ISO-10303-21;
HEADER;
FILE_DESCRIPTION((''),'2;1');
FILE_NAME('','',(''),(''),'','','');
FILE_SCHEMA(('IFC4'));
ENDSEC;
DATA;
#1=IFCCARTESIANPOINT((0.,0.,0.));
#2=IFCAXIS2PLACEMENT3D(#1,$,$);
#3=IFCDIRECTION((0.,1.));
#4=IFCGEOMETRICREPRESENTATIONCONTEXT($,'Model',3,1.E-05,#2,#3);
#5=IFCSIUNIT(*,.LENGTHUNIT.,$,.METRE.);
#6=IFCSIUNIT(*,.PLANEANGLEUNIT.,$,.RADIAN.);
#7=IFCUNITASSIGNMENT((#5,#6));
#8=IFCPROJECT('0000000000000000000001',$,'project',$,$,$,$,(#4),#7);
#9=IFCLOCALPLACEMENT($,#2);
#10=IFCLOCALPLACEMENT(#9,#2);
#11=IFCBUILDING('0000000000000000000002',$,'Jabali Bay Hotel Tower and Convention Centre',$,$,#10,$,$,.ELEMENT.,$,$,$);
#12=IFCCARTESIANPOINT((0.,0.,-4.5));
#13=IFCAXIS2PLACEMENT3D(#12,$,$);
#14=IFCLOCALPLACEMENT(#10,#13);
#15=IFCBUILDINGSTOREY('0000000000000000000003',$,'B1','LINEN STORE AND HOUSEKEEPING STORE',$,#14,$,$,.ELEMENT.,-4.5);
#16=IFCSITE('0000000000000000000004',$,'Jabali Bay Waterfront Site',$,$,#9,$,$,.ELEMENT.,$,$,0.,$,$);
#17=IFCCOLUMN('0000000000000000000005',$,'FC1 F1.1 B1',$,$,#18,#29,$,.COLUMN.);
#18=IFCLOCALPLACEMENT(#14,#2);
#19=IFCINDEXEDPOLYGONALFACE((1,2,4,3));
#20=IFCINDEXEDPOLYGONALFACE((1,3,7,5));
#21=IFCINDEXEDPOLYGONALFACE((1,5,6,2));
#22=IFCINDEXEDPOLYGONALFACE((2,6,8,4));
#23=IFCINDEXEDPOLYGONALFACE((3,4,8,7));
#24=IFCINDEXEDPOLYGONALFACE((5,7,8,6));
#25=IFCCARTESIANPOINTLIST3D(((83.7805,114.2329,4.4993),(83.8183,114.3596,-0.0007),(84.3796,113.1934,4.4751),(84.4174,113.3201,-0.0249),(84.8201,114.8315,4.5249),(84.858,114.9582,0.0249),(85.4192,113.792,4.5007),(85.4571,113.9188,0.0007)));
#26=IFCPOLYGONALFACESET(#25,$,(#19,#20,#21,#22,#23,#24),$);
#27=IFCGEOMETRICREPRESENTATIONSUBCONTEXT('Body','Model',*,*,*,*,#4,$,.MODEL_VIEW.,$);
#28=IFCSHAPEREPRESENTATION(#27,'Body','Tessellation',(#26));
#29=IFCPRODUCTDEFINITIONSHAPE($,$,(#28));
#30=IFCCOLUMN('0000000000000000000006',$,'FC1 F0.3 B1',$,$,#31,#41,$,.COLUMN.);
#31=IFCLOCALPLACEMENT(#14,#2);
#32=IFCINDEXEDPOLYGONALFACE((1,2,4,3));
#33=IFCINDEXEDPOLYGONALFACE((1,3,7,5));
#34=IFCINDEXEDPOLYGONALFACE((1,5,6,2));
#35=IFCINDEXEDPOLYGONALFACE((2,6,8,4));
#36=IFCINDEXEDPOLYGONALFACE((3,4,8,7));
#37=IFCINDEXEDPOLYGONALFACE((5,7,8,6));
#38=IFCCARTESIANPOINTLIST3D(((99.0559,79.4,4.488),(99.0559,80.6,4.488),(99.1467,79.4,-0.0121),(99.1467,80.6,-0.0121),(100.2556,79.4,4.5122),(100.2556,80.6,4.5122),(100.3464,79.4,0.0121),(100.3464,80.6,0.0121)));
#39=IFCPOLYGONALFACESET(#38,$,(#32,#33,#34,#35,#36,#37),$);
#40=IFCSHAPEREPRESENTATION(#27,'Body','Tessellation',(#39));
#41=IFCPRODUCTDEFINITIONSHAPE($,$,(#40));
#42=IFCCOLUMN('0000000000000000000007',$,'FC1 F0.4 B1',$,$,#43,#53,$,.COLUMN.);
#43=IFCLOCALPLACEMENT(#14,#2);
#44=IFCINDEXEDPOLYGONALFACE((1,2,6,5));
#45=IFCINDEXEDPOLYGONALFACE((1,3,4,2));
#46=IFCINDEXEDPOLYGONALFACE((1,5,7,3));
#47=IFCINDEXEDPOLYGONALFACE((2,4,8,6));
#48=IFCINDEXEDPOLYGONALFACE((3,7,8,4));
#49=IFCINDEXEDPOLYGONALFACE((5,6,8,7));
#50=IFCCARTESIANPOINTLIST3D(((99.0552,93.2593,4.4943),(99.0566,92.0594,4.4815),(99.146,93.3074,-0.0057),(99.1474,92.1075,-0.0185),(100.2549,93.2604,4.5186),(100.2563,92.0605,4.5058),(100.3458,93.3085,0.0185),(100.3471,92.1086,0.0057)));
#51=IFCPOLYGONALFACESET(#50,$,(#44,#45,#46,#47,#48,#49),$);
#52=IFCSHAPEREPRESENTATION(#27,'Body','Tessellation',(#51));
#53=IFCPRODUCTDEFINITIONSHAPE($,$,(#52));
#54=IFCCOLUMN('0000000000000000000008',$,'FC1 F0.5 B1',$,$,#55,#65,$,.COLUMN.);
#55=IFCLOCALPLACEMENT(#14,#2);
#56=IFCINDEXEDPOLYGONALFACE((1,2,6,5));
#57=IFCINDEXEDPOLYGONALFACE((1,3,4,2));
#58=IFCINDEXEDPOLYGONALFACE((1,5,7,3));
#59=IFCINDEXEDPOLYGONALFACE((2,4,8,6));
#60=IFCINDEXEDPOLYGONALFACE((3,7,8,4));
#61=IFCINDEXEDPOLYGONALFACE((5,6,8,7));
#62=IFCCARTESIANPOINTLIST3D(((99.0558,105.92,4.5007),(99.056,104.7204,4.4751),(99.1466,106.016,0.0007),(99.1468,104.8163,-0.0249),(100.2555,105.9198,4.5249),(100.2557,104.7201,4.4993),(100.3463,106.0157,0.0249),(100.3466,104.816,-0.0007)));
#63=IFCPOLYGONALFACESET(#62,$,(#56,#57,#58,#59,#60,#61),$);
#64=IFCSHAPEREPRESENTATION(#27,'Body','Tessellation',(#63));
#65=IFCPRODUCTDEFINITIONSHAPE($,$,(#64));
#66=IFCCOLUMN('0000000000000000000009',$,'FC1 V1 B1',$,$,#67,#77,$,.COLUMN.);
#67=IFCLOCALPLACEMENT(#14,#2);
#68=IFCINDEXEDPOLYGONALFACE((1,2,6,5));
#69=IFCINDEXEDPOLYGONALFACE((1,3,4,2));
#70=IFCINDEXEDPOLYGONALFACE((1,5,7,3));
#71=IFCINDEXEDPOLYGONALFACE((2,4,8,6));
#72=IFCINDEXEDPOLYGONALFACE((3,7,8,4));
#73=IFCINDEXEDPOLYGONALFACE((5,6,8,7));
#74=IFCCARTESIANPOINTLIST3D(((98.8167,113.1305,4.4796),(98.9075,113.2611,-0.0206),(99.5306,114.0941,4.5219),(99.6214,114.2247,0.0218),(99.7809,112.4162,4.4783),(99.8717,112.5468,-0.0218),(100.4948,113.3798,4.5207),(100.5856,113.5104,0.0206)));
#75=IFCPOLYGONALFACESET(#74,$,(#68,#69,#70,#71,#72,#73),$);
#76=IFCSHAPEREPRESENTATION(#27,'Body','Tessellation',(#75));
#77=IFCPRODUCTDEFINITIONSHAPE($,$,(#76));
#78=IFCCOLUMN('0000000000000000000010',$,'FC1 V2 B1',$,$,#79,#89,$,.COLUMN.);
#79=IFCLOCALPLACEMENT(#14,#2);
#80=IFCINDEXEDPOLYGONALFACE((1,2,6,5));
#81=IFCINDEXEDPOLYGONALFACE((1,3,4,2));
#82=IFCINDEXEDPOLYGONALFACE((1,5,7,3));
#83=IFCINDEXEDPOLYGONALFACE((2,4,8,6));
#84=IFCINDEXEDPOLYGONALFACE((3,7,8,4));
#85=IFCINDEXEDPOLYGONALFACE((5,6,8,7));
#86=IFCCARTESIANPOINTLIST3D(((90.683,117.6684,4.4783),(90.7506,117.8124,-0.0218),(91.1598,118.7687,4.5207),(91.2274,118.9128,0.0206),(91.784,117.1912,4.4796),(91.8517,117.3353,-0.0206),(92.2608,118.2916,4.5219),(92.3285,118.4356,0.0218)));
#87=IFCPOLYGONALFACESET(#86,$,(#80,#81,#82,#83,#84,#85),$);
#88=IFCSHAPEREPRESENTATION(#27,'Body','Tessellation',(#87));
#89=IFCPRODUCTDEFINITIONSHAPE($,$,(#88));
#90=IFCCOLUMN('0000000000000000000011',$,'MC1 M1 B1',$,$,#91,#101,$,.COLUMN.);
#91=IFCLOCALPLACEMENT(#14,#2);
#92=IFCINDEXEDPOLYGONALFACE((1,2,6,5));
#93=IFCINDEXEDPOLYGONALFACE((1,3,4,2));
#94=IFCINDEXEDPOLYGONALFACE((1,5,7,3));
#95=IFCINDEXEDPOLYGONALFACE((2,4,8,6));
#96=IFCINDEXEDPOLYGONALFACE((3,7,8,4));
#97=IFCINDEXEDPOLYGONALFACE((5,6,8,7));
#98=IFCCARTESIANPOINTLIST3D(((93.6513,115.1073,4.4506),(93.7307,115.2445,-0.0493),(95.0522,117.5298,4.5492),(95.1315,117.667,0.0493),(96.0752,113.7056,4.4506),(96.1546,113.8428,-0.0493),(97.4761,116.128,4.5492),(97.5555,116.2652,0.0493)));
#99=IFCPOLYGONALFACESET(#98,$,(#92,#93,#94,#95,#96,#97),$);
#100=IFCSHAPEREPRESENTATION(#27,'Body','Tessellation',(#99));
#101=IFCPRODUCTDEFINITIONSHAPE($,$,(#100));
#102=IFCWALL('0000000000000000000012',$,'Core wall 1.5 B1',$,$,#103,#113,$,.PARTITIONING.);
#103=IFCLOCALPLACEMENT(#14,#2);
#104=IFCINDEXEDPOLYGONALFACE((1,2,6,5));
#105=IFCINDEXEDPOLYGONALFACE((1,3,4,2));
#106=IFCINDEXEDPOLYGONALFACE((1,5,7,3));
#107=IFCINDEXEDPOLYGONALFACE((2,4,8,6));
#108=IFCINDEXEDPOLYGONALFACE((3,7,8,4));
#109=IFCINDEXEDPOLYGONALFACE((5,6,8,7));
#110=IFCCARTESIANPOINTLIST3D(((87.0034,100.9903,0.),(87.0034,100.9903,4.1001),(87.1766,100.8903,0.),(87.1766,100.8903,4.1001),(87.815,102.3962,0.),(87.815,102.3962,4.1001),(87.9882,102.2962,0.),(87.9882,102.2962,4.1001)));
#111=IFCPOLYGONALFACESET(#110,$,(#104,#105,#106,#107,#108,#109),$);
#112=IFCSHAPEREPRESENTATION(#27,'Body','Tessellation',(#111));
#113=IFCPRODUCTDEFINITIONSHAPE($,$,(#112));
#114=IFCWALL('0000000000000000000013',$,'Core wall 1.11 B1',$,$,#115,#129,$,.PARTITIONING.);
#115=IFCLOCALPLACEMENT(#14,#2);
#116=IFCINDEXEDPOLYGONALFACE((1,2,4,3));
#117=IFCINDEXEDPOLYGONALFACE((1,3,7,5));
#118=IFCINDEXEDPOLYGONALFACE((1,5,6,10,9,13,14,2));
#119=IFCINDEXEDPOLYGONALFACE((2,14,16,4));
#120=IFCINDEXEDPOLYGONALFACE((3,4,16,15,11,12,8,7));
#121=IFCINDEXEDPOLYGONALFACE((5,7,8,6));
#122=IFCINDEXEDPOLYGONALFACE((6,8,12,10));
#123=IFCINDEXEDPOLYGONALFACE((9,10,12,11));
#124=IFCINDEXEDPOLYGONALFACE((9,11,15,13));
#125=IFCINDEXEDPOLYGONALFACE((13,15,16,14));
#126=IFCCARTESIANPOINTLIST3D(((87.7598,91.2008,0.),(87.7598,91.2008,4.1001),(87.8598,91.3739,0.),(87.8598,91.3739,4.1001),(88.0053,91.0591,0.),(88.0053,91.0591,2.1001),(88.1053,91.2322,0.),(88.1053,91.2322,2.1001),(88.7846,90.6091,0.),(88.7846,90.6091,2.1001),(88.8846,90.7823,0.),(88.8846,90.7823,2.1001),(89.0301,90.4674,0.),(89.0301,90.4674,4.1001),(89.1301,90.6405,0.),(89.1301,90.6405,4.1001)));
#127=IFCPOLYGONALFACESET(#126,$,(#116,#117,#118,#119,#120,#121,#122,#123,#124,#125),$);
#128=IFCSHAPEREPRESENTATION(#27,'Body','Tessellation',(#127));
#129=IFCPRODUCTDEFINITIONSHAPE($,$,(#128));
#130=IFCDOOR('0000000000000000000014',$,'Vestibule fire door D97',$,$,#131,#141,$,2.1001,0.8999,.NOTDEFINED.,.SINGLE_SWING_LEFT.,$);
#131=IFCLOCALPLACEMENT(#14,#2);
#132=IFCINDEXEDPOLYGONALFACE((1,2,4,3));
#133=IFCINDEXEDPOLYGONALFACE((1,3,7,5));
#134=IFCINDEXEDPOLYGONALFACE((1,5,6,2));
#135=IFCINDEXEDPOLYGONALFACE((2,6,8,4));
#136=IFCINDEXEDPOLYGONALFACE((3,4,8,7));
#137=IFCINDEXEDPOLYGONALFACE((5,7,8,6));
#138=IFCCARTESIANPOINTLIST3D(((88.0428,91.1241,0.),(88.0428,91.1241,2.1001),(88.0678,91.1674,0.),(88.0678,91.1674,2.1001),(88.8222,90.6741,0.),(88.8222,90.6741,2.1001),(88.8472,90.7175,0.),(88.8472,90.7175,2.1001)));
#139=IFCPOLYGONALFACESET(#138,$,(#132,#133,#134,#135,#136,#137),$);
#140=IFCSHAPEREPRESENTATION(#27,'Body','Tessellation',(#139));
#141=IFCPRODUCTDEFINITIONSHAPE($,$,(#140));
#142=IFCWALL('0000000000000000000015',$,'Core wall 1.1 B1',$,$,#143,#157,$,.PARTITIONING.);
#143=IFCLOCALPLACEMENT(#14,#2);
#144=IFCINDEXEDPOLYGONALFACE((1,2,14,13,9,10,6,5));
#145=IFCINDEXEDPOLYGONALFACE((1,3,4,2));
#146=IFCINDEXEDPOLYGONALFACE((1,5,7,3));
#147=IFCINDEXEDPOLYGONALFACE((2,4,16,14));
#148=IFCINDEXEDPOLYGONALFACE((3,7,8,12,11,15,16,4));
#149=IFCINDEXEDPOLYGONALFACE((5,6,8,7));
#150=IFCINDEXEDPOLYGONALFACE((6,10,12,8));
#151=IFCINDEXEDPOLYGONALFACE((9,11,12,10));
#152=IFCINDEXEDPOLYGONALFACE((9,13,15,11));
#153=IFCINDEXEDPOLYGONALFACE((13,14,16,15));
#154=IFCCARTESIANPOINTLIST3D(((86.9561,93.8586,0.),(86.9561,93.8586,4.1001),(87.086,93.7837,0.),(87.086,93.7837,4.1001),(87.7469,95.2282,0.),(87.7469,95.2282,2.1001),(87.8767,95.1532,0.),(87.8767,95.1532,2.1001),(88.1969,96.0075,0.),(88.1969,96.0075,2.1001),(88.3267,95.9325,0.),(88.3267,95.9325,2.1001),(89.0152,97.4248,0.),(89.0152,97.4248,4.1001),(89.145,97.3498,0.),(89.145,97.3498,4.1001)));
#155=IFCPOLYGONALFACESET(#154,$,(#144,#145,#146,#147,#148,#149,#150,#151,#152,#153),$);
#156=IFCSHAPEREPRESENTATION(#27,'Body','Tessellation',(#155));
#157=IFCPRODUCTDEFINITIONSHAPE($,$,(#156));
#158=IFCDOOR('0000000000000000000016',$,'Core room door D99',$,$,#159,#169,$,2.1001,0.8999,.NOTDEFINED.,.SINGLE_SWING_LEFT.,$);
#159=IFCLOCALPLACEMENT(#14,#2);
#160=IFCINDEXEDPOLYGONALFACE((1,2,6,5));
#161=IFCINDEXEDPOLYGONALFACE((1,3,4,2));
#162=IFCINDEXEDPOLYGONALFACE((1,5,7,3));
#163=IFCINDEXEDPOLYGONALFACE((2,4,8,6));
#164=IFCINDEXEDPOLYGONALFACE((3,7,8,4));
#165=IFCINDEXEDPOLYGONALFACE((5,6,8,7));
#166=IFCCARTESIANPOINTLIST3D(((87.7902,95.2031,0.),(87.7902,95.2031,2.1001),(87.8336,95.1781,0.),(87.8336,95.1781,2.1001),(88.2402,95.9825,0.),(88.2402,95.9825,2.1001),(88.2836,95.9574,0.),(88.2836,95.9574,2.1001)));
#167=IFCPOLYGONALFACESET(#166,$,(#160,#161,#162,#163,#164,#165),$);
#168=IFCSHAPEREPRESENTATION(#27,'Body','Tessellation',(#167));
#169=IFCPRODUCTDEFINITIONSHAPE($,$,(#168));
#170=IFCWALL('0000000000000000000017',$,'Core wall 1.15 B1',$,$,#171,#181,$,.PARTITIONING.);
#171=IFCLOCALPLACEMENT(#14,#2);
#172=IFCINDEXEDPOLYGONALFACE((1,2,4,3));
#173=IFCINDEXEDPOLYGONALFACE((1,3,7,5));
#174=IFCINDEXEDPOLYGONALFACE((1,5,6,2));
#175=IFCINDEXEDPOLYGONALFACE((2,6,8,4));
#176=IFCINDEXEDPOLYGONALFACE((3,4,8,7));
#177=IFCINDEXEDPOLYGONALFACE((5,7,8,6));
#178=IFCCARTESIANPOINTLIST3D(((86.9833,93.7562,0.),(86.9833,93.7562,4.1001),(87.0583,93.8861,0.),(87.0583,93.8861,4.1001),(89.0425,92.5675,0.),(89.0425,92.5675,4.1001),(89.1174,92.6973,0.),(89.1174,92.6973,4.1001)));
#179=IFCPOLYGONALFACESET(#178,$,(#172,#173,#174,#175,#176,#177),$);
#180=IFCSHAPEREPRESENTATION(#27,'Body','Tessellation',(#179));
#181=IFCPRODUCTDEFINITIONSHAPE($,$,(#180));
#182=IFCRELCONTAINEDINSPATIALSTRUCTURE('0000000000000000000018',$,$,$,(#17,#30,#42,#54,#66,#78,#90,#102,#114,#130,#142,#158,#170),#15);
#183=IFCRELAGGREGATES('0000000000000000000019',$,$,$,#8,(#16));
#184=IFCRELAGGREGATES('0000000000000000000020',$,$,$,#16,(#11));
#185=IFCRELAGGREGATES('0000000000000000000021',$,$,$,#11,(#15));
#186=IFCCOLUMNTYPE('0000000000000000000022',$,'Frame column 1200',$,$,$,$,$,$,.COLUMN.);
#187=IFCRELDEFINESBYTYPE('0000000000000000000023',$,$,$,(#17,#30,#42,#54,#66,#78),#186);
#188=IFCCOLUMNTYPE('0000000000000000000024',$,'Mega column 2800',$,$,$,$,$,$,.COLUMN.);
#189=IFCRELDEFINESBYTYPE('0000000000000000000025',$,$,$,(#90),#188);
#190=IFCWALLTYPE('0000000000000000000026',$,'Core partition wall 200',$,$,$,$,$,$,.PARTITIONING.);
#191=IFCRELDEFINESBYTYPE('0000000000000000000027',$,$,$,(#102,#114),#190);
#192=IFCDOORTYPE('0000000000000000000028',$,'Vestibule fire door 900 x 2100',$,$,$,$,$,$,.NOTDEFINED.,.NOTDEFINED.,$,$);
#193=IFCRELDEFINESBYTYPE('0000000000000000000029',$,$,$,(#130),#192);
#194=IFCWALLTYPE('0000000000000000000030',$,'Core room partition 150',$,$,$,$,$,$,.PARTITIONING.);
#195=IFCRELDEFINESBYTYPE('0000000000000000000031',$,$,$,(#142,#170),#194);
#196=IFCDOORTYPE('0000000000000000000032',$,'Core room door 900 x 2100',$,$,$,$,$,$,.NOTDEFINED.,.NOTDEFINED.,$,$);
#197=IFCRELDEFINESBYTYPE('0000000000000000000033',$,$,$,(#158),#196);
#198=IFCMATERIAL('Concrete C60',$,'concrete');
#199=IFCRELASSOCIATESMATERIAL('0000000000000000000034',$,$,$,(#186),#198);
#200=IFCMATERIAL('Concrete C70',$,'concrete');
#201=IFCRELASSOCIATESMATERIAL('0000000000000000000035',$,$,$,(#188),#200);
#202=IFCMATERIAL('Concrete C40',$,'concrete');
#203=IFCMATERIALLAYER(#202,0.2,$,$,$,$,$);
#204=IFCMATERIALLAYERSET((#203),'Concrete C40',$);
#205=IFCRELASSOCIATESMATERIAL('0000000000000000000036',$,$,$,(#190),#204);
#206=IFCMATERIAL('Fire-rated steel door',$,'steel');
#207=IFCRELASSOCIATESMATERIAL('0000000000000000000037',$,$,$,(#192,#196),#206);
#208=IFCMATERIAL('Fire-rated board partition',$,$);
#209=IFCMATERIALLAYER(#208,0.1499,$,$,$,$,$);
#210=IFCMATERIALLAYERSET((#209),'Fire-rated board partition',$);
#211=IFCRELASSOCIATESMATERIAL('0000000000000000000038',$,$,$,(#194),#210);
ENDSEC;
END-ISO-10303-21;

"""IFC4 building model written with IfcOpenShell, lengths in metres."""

from ifc_helpers import new_model, si_unit, direction, frame, frame_2d, origin, origin_2d, place, context, subcontext, project, spatial, rectangle, extrude, material, layer, layer_set, material_profile, profile_set, type_object, element, fill, save


model = new_model("IFC4")

# Units and contexts
model_context = context("Model", 3, precision=1e-05, world=origin(), true_north=direction((0.0, 1.0)))
body_context = subcontext(model_context, "Body", "Model", "MODEL_VIEW")
ifc_project = project(units=[si_unit("LENGTHUNIT", "METRE"), si_unit("PLANEANGLEUNIT", "RADIAN")], contexts=[model_context])

# Site, building, storey
site_placement = place(None, origin())
site = spatial("IfcSite", under=ifc_project, at=site_placement, Name="Jabali Bay Waterfront Site", CompositionType="ELEMENT", RefElevation=0.0)
building_placement = place(site_placement, origin())
building = spatial("IfcBuilding", under=site, at=building_placement, Name="Jabali Bay Hotel Tower and Convention Centre", CompositionType="ELEMENT")
storey_placement = place(building_placement, frame((0.0, 0.0, -4.5)))
storey = spatial("IfcBuildingStorey", under=building, at=storey_placement, Name="B1", Description="LINEN STORE AND HOUSEKEEPING STORE", CompositionType="ELEMENT", Elevation=-4.5)

# Columns
ifc_material_1 = material(Name="Concrete C60", Category="concrete")
ifc_material_profile_1 = material_profile(ifc_material_1, rectangle(XDim=1.2, YDim=1.2, at=origin_2d()), Name="Frame column 1200")
ifc_profile_set_1 = profile_set([ifc_material_profile_1], Name="Concrete C60")
column_type_1 = type_object("IfcColumnType", Name="Frame column 1200", PredefinedType="COLUMN", material=ifc_profile_set_1)
column_1_placement = place(storey_placement, frame((84.6377, 114.1392, 0.0), z_axis=(-0.008406, -0.028145, 0.999568), x_axis=(0.866414, 0.49887, 0.021333)))
element("IfcColumn", 1, at=column_1_placement, inside=storey, type_object=column_type_1, Name="FC1 F1.1 B1", PredefinedType="COLUMN", context=body_context, shape_type="SweptSolid", body=[
    extrude(rectangle(XDim=1.2, YDim=1.2, at=origin_2d()), origin(), (0.0, 0.0, 1.0), 4.502),
])
column_2_placement = place(storey_placement, frame((99.7466, 80.0, 0.0), z_axis=(-0.020178, 0.0, 0.999796), x_axis=(0.0, -1.0, 0.0)))
element("IfcColumn", 2, at=column_2_placement, inside=storey, type_object=column_type_1, Name="FC1 F0.3 B1", PredefinedType="COLUMN", context=body_context, shape_type="SweptSolid", body=[
    extrude(rectangle(XDim=1.2, YDim=1.2, at=origin_2d()), origin(), (0.0, 0.0, 1.0), 4.501),
])
column_3_placement = place(storey_placement, frame((99.7466, 92.708, 0.0), z_axis=(-0.020177, -0.010685, 0.999739), x_axis=(0.999796, 0.000924, 0.020188)))
element("IfcColumn", 3, at=column_3_placement, inside=storey, type_object=column_type_1, Name="FC1 F0.4 B1", PredefinedType="COLUMN", context=body_context, shape_type="SweptSolid", body=[
    extrude(rectangle(XDim=1.2, YDim=1.2, at=origin_2d()), origin(), (0.0, 0.0, 1.0), 4.5012),
])
column_4_placement = place(storey_placement, frame((99.7466, 105.416, 0.0), z_axis=(-0.020174, -0.021312, 0.999569), x_axis=(0.999796, -0.000232, 0.020173)))
element("IfcColumn", 4, at=column_4_placement, inside=storey, type_object=column_type_1, Name="FC1 F0.5 B1", PredefinedType="COLUMN", context=body_context, shape_type="SweptSolid", body=[
    extrude(rectangle(XDim=1.2, YDim=1.2, at=origin_2d()), origin(), (0.0, 0.0, 1.0), 4.502),
])
for number, where, z_axis, x_axis, name in (
    (5, (99.7466, 113.3857, 0.0), (-0.02017, -0.029007, 0.999376), (0.594928, 0.803003, 0.035315), "FC1 V1 B1"),
    (6, (91.5396, 118.124, 0.0), (-0.015019, -0.03199, 0.999375), (0.917547, -0.397626, 0.001061), "FC1 V2 B1"),
):
    element("IfcColumn", number, at=place(storey_placement, frame(where, z_axis=z_axis, x_axis=x_axis)), inside=storey, type_object=column_type_1, Name=name, PredefinedType="COLUMN", context=body_context, shape_type="SweptSolid", body=[
        extrude(rectangle(XDim=1.2, YDim=1.2, at=origin_2d()), origin(), (0.0, 0.0, 1.0), 4.5029),
    ])
ifc_material_2 = material(Name="Concrete C70", Category="concrete")
ifc_material_profile_2 = material_profile(ifc_material_2, rectangle(XDim=2.8, YDim=2.8, at=origin_2d()), Name="Mega column 2800")
ifc_profile_set_2 = profile_set([ifc_material_profile_2], Name="Concrete C70")
column_type_2 = type_object("IfcColumnType", Name="Mega column 2800", PredefinedType="COLUMN", material=ifc_profile_set_2)
column_5_placement = place(storey_placement, frame((95.6431, 115.7549, 0.0), z_axis=(-0.017621, -0.030472, 0.99938), x_axis=(0.500303, 0.865135, 0.0352)))
element("IfcColumn", 7, at=column_5_placement, inside=storey, type_object=column_type_2, Name="MC1 M1 B1", PredefinedType="COLUMN", context=body_context, shape_type="SweptSolid", body=[
    extrude(rectangle(XDim=2.8, YDim=2.8, at=origin_2d()), origin(), (0.0, 0.0, 1.0), 4.5027),
])

# Wall
ifc_material_3 = material(Name="Concrete C40", Category="concrete")
ifc_layer_1 = layer(ifc_material_3, 0.2)
ifc_layer_set_1 = layer_set([ifc_layer_1], Name="Concrete C40")
wall_type_1 = type_object("IfcWallType", Name="Core partition wall 200", PredefinedType="PARTITIONING", material=ifc_layer_set_1)
wall_1_placement = place(storey_placement, frame((87.0901, 100.9404, 0.0), z_axis=(0.0, 0.0, 1.0), x_axis=(0.499957, 0.86605, 0.0)))
element("IfcWall", 8, at=wall_1_placement, inside=storey, type_object=wall_type_1, Name="Core wall 1.5 B1", PredefinedType="PARTITIONING", context=body_context, shape_type="SweptSolid", body=[
    extrude(rectangle(XDim=1.6233, YDim=0.2, at=frame_2d((0.8115, 0.0))), origin(), (0.0, 0.0, 1.0), 4.1001),
])

# Walls, openings, doors
wall_2_placement = place(storey_placement, frame((89.0801, 90.554, 0.0), z_axis=(0.0, 0.0, 1.0), x_axis=(-0.866022, 0.500006, 0.0)))
wall_2 = element("IfcWall", 9, at=wall_2_placement, inside=storey, type_object=wall_type_1, Name="Core wall 1.11 B1", PredefinedType="PARTITIONING", context=body_context, shape_type="SweptSolid", body=[
    extrude(rectangle(XDim=1.4668, YDim=0.2, at=frame_2d((0.7334, 0.0))), origin(), (0.0, 0.0, 1.0), 4.1001),
])
opening_1_placement = place(wall_2_placement, frame((0.2834, 0.0, 0.0)))
opening_1 = element("IfcOpeningElement", 10, at=opening_1_placement, cuts=wall_2, PredefinedType="OPENING", context=body_context, shape_type="SweptSolid", body=[
    extrude(rectangle(XDim=0.8999, YDim=2.1001, at=frame_2d((0.45, 1.05))), frame((0.0, 0.1104, 0.0), z_axis=(0.0, -1.0, 0.0), x_axis=(1.0, 0.0, 0.0)), (0.0, 0.0, 1.0), 0.2209),
])
ifc_material_4 = material(Name="Fire-rated steel door", Category="steel")
door_type_1 = type_object("IfcDoorType", Name="Vestibule fire door 900 x 2100", OperationType="NOTDEFINED", PredefinedType="NOTDEFINED", material=ifc_material_4)
door_1_placement = place(opening_1_placement, origin())
door_1 = element("IfcDoor", 11, at=door_1_placement, inside=storey, type_object=door_type_1, Name="Vestibule fire door D97", OperationType="SINGLE_SWING_LEFT", OverallHeight=2.1001, OverallWidth=0.8999, PredefinedType="NOTDEFINED", context=body_context, shape_type="SweptSolid", body=[
    extrude(rectangle(XDim=0.8999, YDim=2.1001, at=frame_2d((0.45, 1.05))), frame((0.0, 0.0249, 0.0), z_axis=(0.0, -1.0, 0.0), x_axis=(1.0, 0.0, 0.0)), (0.0, 0.0, 1.0), 0.05),
])
fill(opening_1, door_1)
ifc_material_5 = material(Name="Fire-rated board partition")
ifc_layer_2 = layer(ifc_material_5, 0.1499)
ifc_layer_set_2 = layer_set([ifc_layer_2], Name="Fire-rated board partition")
wall_type_2 = type_object("IfcWallType", Name="Core room partition 150", PredefinedType="PARTITIONING", material=ifc_layer_set_2)
wall_3_placement = place(storey_placement, frame((87.021, 93.821, 0.0), z_axis=(0.0, 0.0, 1.0), x_axis=(0.500029, 0.866009, 0.0)))
wall_3 = element("IfcWall", 12, at=wall_3_placement, inside=storey, type_object=wall_type_2, Name="Core wall 1.1 B1", PredefinedType="PARTITIONING", context=body_context, shape_type="SweptSolid", body=[
    extrude(rectangle(XDim=4.1179, YDim=0.1499, at=frame_2d((2.0591, 0.0))), origin(), (0.0, 0.0, 1.0), 4.1001),
])
opening_2_placement = place(wall_3_placement, frame((1.5815, 0.0, 0.0)))
opening_2 = element("IfcOpeningElement", 13, at=opening_2_placement, cuts=wall_3, PredefinedType="OPENING", context=body_context, shape_type="SweptSolid", body=[
    extrude(rectangle(XDim=0.8999, YDim=2.1001, at=frame_2d((0.45, 1.05))), frame((0.0, 0.0854, 0.0), z_axis=(0.0, -1.0, 0.0), x_axis=(1.0, 0.0, 0.0)), (0.0, 0.0, 1.0), 0.1709),
])
door_type_2 = type_object("IfcDoorType", Name="Core room door 900 x 2100", OperationType="NOTDEFINED", PredefinedType="NOTDEFINED", material=ifc_material_4)
door_2_placement = place(opening_2_placement, origin())
door_2 = element("IfcDoor", 14, at=door_2_placement, inside=storey, type_object=door_type_2, Name="Core room door D99", OperationType="SINGLE_SWING_LEFT", OverallHeight=2.1001, OverallWidth=0.8999, PredefinedType="NOTDEFINED", context=body_context, shape_type="SweptSolid", body=[
    extrude(rectangle(XDim=0.8999, YDim=2.1001, at=frame_2d((0.45, 1.05))), frame((0.0, 0.0249, 0.0), z_axis=(0.0, -1.0, 0.0), x_axis=(1.0, 0.0, 0.0)), (0.0, 0.0, 1.0), 0.05),
])
fill(opening_2, door_2)

# Wall
wall_4_placement = place(storey_placement, frame((89.0801, 92.6323, 0.0), z_axis=(0.0, 0.0, 1.0), x_axis=(-0.866042, 0.499971, 0.0)))
element("IfcWall", 15, at=wall_4_placement, inside=storey, type_object=wall_type_2, Name="Core wall 1.15 B1", PredefinedType="PARTITIONING", context=body_context, shape_type="SweptSolid", body=[
    extrude(rectangle(XDim=2.3777, YDim=0.1499, at=frame_2d((1.189, 0.0))), origin(), (0.0, 0.0, 1.0), 4.1001),
])

save(model, "model.ifc")
